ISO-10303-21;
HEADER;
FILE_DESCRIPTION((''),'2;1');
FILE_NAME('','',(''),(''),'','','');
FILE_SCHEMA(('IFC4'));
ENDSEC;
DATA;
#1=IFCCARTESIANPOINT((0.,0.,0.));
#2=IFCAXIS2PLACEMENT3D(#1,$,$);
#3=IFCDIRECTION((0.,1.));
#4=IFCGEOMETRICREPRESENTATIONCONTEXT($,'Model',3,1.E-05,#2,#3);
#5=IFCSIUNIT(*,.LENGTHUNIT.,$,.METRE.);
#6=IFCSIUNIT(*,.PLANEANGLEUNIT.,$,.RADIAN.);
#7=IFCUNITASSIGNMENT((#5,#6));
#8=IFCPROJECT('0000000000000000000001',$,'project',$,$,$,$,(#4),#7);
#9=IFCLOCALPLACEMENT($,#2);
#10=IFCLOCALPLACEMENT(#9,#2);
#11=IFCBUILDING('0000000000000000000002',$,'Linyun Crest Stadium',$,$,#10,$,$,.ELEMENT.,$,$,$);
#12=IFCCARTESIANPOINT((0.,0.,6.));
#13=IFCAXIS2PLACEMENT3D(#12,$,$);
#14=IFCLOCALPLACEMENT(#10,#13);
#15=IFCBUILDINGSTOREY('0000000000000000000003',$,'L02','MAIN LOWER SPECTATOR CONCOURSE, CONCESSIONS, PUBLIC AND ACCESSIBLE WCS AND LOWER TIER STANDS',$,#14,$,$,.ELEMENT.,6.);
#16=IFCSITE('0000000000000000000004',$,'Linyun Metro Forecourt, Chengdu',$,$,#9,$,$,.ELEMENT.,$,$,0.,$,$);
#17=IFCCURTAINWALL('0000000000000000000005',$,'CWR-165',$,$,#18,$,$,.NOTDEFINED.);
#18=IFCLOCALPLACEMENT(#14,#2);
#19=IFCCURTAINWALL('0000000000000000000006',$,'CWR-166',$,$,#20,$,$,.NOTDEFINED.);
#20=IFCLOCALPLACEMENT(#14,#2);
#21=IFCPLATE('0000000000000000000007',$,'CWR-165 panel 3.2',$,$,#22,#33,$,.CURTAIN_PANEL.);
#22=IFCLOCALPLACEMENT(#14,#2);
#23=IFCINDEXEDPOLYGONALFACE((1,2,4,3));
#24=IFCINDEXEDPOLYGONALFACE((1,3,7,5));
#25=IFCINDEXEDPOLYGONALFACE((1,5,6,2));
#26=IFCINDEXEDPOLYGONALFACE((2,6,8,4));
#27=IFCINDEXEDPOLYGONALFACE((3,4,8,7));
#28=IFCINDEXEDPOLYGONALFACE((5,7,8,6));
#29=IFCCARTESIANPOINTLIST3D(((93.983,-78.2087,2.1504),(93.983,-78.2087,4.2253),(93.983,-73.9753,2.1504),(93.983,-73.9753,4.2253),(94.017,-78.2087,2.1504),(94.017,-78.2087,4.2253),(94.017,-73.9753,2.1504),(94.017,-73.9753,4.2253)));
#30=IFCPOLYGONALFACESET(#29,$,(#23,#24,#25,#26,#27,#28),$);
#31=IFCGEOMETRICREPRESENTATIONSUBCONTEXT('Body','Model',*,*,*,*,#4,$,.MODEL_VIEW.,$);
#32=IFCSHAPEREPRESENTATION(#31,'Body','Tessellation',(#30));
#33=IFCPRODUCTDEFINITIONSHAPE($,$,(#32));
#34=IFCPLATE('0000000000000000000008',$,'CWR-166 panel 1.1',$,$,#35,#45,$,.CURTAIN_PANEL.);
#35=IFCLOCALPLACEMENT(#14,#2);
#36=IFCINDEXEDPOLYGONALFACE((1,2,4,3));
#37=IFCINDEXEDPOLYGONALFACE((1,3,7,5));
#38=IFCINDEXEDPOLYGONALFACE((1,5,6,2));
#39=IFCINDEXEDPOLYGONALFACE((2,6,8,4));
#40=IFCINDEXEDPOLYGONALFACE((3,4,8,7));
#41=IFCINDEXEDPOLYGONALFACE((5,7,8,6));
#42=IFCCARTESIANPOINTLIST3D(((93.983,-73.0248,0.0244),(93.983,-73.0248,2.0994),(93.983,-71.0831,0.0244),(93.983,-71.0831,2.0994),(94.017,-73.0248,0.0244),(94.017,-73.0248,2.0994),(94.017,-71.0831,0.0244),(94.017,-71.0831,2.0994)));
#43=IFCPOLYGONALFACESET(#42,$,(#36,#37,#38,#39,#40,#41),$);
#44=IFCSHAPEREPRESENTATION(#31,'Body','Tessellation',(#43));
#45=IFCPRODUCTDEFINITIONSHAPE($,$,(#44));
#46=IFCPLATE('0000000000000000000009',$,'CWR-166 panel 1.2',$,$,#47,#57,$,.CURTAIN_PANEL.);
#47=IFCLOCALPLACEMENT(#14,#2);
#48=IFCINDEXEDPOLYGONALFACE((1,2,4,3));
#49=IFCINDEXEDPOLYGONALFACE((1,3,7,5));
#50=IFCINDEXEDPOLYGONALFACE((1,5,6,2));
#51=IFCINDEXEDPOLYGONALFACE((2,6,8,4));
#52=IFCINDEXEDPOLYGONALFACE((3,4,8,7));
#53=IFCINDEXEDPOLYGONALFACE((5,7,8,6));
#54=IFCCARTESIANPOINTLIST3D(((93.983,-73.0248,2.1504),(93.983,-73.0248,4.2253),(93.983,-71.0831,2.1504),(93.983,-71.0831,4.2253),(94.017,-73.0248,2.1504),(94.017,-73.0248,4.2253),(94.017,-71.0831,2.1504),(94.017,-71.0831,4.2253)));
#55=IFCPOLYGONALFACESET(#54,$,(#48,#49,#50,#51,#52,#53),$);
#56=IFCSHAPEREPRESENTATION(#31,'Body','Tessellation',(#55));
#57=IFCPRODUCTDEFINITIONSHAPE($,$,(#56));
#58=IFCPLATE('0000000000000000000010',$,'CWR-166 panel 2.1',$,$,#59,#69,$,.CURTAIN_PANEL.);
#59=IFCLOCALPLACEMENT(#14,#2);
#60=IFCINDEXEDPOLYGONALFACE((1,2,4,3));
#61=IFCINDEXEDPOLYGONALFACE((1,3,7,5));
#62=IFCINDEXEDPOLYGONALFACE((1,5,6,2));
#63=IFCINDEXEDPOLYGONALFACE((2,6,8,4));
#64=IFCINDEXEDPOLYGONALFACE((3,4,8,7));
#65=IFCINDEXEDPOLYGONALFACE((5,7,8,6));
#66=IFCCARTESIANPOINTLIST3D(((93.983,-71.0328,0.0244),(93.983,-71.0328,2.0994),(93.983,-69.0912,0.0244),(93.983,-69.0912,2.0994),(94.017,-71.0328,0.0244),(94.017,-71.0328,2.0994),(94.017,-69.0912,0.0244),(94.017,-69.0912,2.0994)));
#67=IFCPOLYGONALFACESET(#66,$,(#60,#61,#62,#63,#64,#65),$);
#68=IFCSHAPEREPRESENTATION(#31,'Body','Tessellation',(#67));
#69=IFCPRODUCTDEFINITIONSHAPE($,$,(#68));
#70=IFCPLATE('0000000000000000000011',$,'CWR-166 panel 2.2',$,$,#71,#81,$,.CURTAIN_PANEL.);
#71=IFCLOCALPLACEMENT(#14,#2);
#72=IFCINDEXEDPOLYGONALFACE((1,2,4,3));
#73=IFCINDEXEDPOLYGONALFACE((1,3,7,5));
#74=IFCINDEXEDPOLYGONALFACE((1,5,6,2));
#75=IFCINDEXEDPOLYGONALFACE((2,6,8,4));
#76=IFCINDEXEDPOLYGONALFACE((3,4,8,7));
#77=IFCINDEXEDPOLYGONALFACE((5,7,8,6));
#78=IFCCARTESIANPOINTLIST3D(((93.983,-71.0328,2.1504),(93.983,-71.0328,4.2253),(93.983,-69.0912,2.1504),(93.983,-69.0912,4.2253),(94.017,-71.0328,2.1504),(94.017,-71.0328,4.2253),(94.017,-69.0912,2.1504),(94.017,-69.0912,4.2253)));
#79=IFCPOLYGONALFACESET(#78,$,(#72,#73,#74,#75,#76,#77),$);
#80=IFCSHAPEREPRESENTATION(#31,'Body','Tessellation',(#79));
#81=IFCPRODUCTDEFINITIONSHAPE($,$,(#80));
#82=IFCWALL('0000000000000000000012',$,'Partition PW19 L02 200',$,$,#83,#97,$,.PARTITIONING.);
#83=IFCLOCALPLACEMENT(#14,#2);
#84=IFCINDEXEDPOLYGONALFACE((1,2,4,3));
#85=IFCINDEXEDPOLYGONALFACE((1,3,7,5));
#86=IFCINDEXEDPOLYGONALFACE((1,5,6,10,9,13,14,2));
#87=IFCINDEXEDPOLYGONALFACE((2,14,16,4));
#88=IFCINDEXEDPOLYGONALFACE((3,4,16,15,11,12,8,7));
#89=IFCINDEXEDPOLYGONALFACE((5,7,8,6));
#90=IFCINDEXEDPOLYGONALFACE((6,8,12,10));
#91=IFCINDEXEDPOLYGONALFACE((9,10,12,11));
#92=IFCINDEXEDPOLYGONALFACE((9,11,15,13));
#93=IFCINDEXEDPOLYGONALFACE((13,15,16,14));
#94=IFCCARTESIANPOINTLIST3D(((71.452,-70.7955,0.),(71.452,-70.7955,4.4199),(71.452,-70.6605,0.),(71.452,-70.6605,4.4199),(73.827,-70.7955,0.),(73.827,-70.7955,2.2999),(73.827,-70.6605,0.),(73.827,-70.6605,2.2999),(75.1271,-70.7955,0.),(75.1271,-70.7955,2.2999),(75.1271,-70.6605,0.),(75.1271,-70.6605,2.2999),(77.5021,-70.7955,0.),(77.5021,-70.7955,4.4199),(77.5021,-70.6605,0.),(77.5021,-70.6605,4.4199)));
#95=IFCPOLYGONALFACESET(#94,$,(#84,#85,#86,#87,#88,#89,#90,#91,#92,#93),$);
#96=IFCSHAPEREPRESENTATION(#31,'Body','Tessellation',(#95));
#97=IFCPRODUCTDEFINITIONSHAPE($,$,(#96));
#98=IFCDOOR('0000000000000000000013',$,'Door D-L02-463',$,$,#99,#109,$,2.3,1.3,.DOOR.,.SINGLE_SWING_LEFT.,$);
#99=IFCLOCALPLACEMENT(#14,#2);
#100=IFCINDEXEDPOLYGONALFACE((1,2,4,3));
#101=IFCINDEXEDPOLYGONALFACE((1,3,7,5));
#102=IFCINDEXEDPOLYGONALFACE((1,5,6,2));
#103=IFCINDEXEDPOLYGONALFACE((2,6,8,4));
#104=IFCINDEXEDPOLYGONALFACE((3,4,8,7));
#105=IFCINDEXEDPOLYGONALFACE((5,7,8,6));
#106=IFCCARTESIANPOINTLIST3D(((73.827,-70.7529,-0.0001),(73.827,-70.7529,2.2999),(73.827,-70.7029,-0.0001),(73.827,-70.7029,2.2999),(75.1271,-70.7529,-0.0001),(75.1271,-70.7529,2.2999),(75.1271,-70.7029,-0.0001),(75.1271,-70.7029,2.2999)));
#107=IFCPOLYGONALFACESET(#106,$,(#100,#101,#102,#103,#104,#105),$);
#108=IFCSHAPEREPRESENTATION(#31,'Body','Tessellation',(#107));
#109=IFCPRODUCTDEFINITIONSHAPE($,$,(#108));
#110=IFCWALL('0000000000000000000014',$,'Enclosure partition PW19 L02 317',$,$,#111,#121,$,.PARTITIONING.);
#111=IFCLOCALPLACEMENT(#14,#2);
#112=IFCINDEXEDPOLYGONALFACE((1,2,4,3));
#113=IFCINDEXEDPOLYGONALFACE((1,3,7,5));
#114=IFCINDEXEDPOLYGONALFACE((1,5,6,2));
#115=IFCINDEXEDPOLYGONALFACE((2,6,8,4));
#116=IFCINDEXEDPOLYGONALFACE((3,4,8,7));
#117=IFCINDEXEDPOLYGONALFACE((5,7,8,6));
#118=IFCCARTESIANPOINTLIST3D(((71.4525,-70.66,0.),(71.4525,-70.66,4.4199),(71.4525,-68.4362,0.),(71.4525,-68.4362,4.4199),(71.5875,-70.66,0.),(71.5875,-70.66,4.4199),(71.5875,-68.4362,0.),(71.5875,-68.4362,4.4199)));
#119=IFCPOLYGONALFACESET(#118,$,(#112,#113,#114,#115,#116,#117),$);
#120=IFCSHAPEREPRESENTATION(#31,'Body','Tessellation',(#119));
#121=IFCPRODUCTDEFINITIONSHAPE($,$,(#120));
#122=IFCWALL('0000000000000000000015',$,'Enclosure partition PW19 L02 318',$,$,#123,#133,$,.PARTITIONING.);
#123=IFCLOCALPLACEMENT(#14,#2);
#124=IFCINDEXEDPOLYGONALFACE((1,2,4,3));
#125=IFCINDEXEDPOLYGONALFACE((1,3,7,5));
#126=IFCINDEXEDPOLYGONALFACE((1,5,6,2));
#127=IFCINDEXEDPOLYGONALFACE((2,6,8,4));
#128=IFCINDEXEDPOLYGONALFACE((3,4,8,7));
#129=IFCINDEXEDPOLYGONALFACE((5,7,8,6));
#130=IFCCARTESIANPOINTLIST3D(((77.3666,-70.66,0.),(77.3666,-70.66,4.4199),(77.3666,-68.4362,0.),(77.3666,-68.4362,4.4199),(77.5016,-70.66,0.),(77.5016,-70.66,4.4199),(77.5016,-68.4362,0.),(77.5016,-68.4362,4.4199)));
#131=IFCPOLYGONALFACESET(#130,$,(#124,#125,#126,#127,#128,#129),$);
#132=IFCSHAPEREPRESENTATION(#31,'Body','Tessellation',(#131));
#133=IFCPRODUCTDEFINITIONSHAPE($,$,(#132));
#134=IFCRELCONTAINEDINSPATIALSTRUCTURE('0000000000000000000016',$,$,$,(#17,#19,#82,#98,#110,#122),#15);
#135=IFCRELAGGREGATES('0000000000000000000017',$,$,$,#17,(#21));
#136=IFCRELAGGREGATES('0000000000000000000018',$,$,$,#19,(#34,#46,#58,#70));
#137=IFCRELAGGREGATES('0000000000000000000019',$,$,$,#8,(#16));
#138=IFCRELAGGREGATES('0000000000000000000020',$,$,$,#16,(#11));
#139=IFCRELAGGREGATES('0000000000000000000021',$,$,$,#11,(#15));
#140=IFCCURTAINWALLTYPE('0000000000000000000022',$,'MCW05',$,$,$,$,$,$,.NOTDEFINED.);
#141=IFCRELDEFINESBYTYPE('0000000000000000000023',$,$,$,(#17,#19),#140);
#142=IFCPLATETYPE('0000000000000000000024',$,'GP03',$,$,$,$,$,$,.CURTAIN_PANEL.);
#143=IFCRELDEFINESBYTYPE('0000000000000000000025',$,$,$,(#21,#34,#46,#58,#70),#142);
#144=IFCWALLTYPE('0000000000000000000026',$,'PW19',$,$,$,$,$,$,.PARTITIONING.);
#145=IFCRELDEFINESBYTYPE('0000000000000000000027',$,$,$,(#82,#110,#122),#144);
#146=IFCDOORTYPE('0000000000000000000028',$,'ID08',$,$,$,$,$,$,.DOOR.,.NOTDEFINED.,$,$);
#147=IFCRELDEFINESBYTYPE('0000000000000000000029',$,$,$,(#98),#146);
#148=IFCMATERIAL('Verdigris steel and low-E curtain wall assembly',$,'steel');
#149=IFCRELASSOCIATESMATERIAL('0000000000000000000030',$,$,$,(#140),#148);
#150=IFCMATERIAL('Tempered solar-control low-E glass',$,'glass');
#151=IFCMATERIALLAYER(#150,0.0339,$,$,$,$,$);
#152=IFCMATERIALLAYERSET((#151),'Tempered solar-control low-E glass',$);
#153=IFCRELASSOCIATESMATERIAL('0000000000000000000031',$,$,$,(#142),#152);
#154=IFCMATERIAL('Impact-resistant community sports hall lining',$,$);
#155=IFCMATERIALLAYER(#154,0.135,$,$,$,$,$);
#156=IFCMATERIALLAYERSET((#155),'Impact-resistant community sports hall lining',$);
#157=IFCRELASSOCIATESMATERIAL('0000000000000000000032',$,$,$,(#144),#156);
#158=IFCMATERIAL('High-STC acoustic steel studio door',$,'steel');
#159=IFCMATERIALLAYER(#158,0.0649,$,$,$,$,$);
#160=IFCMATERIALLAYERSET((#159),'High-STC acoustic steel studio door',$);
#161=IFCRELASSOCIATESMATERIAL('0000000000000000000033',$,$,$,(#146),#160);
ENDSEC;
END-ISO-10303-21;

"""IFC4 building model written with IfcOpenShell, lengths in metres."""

from ifc_helpers import new_model, si_unit, direction, frame, frame_2d, origin, origin_2d, place, context, subcontext, project, spatial, rectangle, extrude, material, layer, layer_set, type_object, element, fill, aggregate, save


model = new_model("IFC4")

# Units and contexts
model_context = context("Model", 3, precision=1e-05, world=origin(), true_north=direction((0.0, 1.0)))
body_context = subcontext(model_context, "Body", "Model", "MODEL_VIEW")
ifc_project = project(units=[si_unit("LENGTHUNIT", "METRE"), si_unit("PLANEANGLEUNIT", "RADIAN")], contexts=[model_context])

# Site, building, storey
site_placement = place(None, origin())
site = spatial("IfcSite", under=ifc_project, at=site_placement, Name="Linyun Metro Forecourt, Chengdu", CompositionType="ELEMENT", RefElevation=0.0)
building_placement = place(site_placement, origin())
building = spatial("IfcBuilding", under=site, at=building_placement, Name="Linyun Crest Stadium", CompositionType="ELEMENT")
storey_placement = place(building_placement, frame((0.0, 0.0, 6.0)))
storey = spatial("IfcBuildingStorey", under=building, at=storey_placement, Name="L02", Description="MAIN LOWER SPECTATOR CONCOURSE, CONCESSIONS, PUBLIC AND ACCESSIBLE WCS AND LOWER TIER STANDS", CompositionType="ELEMENT", Elevation=6.0)

# Curtain wall
ifc_material_1 = material(Name="Verdigris steel and low-E curtain wall assembly", Category="steel")
curtain_wall_type = type_object("IfcCurtainWallType", Name="MCW05", PredefinedType="NOTDEFINED", material=ifc_material_1)
curtain_wall_1_placement = place(storey_placement, origin())
curtain_wall_1 = element("IfcCurtainWall", 1, at=curtain_wall_1_placement, inside=storey, type_object=curtain_wall_type, Name="CWR-165", PredefinedType="NOTDEFINED")

# Curtain wall
curtain_wall_2_placement = place(storey_placement, origin())
curtain_wall_2 = element("IfcCurtainWall", 2, at=curtain_wall_2_placement, inside=storey, type_object=curtain_wall_type, Name="CWR-166", PredefinedType="NOTDEFINED")

# Plates
ifc_material_2 = material(Name="Tempered solar-control low-E glass", Category="glass")
ifc_layer_1 = layer(ifc_material_2, 0.0339)
ifc_layer_set_1 = layer_set([ifc_layer_1], Name="Tempered solar-control low-E glass")
plate_type = type_object("IfcPlateType", Name="GP03", PredefinedType="CURTAIN_PANEL", material=ifc_layer_set_1)
plate_1_placement = place(storey_placement, frame((94.0, -76.092, 2.1504), z_axis=(0.0, 0.0, 1.0), x_axis=(0.0, 1.0, 0.0)))
plate_1 = element("IfcPlate", 3, at=plate_1_placement, type_object=plate_type, Name="CWR-165 panel 3.2", PredefinedType="CURTAIN_PANEL", context=body_context, shape_type="SweptSolid", body=[
    extrude(rectangle(XDim=4.2334, YDim=0.0339, at=origin_2d()), origin(), (0.0, 0.0, 1.0), 2.075),
])
aggregate(curtain_wall_1, [plate_1])
plate_2_placement = place(storey_placement, frame((94.0, -72.054, 0.0244), z_axis=(0.0, 0.0, 1.0), x_axis=(0.0, 1.0, 0.0)))
plate_2 = element("IfcPlate", 4, at=plate_2_placement, type_object=plate_type, Name="CWR-166 panel 1.1", PredefinedType="CURTAIN_PANEL", context=body_context, shape_type="SweptSolid", body=[
    extrude(rectangle(XDim=1.9417, YDim=0.0339, at=origin_2d()), origin(), (0.0, 0.0, 1.0), 2.075),
])
plate_3_placement = place(storey_placement, frame((94.0, -72.054, 2.1504), z_axis=(0.0, 0.0, 1.0), x_axis=(0.0, 1.0, 0.0)))
plate_3 = element("IfcPlate", 5, at=plate_3_placement, type_object=plate_type, Name="CWR-166 panel 1.2", PredefinedType="CURTAIN_PANEL", context=body_context, shape_type="SweptSolid", body=[
    extrude(rectangle(XDim=1.9417, YDim=0.0339, at=origin_2d()), origin(), (0.0, 0.0, 1.0), 2.075),
])
plate_4_placement = place(storey_placement, frame((94.0, -70.062, 0.0244), z_axis=(0.0, 0.0, 1.0), x_axis=(0.0, 1.0, 0.0)))
plate_4 = element("IfcPlate", 6, at=plate_4_placement, type_object=plate_type, Name="CWR-166 panel 2.1", PredefinedType="CURTAIN_PANEL", context=body_context, shape_type="SweptSolid", body=[
    extrude(rectangle(XDim=1.9417, YDim=0.0339, at=origin_2d()), origin(), (0.0, 0.0, 1.0), 2.075),
])
plate_5_placement = place(storey_placement, frame((94.0, -70.062, 2.1504), z_axis=(0.0, 0.0, 1.0), x_axis=(0.0, 1.0, 0.0)))
plate_5 = element("IfcPlate", 7, at=plate_5_placement, type_object=plate_type, Name="CWR-166 panel 2.2", PredefinedType="CURTAIN_PANEL", context=body_context, shape_type="SweptSolid", body=[
    extrude(rectangle(XDim=1.9417, YDim=0.0339, at=origin_2d()), origin(), (0.0, 0.0, 1.0), 2.075),
])
aggregate(curtain_wall_2, [plate_2, plate_3, plate_4, plate_5])

# Wall, opening, door
ifc_material_3 = material(Name="Impact-resistant community sports hall lining")
ifc_layer_2 = layer(ifc_material_3, 0.135)
ifc_layer_set_2 = layer_set([ifc_layer_2], Name="Impact-resistant community sports hall lining")
wall_type = type_object("IfcWallType", Name="PW19", PredefinedType="PARTITIONING", material=ifc_layer_set_2)
wall_placement = place(storey_placement, frame((77.502, -70.728, 0.0), z_axis=(0.0, 0.0, 1.0), x_axis=(-1.0, 0.0, 0.0)))
wall = element("IfcWall", 8, at=wall_placement, inside=storey, type_object=wall_type, Name="Partition PW19 L02 200", PredefinedType="PARTITIONING", context=body_context, shape_type="SweptSolid", body=[
    extrude(rectangle(XDim=6.05, YDim=0.135, at=frame_2d((3.0249, 0.0))), origin(), (0.0, 0.0, 1.0), 4.4199),
])
opening_placement = place(wall_placement, frame((2.375, 0.0, 0.0)))
opening = element("IfcOpeningElement", 9, at=opening_placement, cuts=wall, PredefinedType="OPENING", context=body_context, shape_type="SweptSolid", body=[
    extrude(rectangle(XDim=1.3, YDim=2.3, at=frame_2d((0.6499, 1.1499))), frame((0.0, 0.0774, 0.0), z_axis=(0.0, -1.0, 0.0), x_axis=(1.0, 0.0, 0.0)), (0.0, 0.0, 1.0), 0.155),
])
ifc_material_4 = material(Name="High-STC acoustic steel studio door", Category="steel")
ifc_layer_3 = layer(ifc_material_4, 0.0649)
ifc_layer_set_3 = layer_set([ifc_layer_3], Name="High-STC acoustic steel studio door")
door_type = type_object("IfcDoorType", Name="ID08", OperationType="NOTDEFINED", PredefinedType="DOOR", material=ifc_layer_set_3)
door_placement = place(opening_placement, origin())
door = element("IfcDoor", 10, at=door_placement, inside=storey, type_object=door_type, Name="Door D-L02-463", OperationType="SINGLE_SWING_LEFT", OverallHeight=2.3, OverallWidth=1.3, PredefinedType="DOOR", context=body_context, shape_type="SweptSolid", body=[
    extrude(rectangle(XDim=1.3, YDim=2.3, at=frame_2d((0.6499, 1.1499))), frame((0.0, 0.0249, 0.0), z_axis=(0.0, -1.0, 0.0), x_axis=(1.0, 0.0, 0.0)), (0.0, 0.0, 1.0), 0.05),
])
fill(opening, door)

# Walls
for number, where, z_axis, x_axis, name in (
    (11, (71.52, -70.6599, 0.0), (0.0, 0.0, 1.0), (0.0, 1.0, 0.0), "Enclosure partition PW19 L02 317"),
    (12, (77.4341, -70.6599, 0.0), (0.0, 0.0, 1.0), (0.0, 1.0, 0.0), "Enclosure partition PW19 L02 318"),
):
    element("IfcWall", number, at=place(storey_placement, frame(where, z_axis=z_axis, x_axis=x_axis)), inside=storey, type_object=wall_type, Name=name, PredefinedType="PARTITIONING", context=body_context, shape_type="SweptSolid", body=[
        extrude(rectangle(XDim=2.2239, YDim=0.135, at=frame_2d((1.1118, 0.0))), origin(), (0.0, 0.0, 1.0), 4.4199),
    ])

save(model, "model.ifc")
